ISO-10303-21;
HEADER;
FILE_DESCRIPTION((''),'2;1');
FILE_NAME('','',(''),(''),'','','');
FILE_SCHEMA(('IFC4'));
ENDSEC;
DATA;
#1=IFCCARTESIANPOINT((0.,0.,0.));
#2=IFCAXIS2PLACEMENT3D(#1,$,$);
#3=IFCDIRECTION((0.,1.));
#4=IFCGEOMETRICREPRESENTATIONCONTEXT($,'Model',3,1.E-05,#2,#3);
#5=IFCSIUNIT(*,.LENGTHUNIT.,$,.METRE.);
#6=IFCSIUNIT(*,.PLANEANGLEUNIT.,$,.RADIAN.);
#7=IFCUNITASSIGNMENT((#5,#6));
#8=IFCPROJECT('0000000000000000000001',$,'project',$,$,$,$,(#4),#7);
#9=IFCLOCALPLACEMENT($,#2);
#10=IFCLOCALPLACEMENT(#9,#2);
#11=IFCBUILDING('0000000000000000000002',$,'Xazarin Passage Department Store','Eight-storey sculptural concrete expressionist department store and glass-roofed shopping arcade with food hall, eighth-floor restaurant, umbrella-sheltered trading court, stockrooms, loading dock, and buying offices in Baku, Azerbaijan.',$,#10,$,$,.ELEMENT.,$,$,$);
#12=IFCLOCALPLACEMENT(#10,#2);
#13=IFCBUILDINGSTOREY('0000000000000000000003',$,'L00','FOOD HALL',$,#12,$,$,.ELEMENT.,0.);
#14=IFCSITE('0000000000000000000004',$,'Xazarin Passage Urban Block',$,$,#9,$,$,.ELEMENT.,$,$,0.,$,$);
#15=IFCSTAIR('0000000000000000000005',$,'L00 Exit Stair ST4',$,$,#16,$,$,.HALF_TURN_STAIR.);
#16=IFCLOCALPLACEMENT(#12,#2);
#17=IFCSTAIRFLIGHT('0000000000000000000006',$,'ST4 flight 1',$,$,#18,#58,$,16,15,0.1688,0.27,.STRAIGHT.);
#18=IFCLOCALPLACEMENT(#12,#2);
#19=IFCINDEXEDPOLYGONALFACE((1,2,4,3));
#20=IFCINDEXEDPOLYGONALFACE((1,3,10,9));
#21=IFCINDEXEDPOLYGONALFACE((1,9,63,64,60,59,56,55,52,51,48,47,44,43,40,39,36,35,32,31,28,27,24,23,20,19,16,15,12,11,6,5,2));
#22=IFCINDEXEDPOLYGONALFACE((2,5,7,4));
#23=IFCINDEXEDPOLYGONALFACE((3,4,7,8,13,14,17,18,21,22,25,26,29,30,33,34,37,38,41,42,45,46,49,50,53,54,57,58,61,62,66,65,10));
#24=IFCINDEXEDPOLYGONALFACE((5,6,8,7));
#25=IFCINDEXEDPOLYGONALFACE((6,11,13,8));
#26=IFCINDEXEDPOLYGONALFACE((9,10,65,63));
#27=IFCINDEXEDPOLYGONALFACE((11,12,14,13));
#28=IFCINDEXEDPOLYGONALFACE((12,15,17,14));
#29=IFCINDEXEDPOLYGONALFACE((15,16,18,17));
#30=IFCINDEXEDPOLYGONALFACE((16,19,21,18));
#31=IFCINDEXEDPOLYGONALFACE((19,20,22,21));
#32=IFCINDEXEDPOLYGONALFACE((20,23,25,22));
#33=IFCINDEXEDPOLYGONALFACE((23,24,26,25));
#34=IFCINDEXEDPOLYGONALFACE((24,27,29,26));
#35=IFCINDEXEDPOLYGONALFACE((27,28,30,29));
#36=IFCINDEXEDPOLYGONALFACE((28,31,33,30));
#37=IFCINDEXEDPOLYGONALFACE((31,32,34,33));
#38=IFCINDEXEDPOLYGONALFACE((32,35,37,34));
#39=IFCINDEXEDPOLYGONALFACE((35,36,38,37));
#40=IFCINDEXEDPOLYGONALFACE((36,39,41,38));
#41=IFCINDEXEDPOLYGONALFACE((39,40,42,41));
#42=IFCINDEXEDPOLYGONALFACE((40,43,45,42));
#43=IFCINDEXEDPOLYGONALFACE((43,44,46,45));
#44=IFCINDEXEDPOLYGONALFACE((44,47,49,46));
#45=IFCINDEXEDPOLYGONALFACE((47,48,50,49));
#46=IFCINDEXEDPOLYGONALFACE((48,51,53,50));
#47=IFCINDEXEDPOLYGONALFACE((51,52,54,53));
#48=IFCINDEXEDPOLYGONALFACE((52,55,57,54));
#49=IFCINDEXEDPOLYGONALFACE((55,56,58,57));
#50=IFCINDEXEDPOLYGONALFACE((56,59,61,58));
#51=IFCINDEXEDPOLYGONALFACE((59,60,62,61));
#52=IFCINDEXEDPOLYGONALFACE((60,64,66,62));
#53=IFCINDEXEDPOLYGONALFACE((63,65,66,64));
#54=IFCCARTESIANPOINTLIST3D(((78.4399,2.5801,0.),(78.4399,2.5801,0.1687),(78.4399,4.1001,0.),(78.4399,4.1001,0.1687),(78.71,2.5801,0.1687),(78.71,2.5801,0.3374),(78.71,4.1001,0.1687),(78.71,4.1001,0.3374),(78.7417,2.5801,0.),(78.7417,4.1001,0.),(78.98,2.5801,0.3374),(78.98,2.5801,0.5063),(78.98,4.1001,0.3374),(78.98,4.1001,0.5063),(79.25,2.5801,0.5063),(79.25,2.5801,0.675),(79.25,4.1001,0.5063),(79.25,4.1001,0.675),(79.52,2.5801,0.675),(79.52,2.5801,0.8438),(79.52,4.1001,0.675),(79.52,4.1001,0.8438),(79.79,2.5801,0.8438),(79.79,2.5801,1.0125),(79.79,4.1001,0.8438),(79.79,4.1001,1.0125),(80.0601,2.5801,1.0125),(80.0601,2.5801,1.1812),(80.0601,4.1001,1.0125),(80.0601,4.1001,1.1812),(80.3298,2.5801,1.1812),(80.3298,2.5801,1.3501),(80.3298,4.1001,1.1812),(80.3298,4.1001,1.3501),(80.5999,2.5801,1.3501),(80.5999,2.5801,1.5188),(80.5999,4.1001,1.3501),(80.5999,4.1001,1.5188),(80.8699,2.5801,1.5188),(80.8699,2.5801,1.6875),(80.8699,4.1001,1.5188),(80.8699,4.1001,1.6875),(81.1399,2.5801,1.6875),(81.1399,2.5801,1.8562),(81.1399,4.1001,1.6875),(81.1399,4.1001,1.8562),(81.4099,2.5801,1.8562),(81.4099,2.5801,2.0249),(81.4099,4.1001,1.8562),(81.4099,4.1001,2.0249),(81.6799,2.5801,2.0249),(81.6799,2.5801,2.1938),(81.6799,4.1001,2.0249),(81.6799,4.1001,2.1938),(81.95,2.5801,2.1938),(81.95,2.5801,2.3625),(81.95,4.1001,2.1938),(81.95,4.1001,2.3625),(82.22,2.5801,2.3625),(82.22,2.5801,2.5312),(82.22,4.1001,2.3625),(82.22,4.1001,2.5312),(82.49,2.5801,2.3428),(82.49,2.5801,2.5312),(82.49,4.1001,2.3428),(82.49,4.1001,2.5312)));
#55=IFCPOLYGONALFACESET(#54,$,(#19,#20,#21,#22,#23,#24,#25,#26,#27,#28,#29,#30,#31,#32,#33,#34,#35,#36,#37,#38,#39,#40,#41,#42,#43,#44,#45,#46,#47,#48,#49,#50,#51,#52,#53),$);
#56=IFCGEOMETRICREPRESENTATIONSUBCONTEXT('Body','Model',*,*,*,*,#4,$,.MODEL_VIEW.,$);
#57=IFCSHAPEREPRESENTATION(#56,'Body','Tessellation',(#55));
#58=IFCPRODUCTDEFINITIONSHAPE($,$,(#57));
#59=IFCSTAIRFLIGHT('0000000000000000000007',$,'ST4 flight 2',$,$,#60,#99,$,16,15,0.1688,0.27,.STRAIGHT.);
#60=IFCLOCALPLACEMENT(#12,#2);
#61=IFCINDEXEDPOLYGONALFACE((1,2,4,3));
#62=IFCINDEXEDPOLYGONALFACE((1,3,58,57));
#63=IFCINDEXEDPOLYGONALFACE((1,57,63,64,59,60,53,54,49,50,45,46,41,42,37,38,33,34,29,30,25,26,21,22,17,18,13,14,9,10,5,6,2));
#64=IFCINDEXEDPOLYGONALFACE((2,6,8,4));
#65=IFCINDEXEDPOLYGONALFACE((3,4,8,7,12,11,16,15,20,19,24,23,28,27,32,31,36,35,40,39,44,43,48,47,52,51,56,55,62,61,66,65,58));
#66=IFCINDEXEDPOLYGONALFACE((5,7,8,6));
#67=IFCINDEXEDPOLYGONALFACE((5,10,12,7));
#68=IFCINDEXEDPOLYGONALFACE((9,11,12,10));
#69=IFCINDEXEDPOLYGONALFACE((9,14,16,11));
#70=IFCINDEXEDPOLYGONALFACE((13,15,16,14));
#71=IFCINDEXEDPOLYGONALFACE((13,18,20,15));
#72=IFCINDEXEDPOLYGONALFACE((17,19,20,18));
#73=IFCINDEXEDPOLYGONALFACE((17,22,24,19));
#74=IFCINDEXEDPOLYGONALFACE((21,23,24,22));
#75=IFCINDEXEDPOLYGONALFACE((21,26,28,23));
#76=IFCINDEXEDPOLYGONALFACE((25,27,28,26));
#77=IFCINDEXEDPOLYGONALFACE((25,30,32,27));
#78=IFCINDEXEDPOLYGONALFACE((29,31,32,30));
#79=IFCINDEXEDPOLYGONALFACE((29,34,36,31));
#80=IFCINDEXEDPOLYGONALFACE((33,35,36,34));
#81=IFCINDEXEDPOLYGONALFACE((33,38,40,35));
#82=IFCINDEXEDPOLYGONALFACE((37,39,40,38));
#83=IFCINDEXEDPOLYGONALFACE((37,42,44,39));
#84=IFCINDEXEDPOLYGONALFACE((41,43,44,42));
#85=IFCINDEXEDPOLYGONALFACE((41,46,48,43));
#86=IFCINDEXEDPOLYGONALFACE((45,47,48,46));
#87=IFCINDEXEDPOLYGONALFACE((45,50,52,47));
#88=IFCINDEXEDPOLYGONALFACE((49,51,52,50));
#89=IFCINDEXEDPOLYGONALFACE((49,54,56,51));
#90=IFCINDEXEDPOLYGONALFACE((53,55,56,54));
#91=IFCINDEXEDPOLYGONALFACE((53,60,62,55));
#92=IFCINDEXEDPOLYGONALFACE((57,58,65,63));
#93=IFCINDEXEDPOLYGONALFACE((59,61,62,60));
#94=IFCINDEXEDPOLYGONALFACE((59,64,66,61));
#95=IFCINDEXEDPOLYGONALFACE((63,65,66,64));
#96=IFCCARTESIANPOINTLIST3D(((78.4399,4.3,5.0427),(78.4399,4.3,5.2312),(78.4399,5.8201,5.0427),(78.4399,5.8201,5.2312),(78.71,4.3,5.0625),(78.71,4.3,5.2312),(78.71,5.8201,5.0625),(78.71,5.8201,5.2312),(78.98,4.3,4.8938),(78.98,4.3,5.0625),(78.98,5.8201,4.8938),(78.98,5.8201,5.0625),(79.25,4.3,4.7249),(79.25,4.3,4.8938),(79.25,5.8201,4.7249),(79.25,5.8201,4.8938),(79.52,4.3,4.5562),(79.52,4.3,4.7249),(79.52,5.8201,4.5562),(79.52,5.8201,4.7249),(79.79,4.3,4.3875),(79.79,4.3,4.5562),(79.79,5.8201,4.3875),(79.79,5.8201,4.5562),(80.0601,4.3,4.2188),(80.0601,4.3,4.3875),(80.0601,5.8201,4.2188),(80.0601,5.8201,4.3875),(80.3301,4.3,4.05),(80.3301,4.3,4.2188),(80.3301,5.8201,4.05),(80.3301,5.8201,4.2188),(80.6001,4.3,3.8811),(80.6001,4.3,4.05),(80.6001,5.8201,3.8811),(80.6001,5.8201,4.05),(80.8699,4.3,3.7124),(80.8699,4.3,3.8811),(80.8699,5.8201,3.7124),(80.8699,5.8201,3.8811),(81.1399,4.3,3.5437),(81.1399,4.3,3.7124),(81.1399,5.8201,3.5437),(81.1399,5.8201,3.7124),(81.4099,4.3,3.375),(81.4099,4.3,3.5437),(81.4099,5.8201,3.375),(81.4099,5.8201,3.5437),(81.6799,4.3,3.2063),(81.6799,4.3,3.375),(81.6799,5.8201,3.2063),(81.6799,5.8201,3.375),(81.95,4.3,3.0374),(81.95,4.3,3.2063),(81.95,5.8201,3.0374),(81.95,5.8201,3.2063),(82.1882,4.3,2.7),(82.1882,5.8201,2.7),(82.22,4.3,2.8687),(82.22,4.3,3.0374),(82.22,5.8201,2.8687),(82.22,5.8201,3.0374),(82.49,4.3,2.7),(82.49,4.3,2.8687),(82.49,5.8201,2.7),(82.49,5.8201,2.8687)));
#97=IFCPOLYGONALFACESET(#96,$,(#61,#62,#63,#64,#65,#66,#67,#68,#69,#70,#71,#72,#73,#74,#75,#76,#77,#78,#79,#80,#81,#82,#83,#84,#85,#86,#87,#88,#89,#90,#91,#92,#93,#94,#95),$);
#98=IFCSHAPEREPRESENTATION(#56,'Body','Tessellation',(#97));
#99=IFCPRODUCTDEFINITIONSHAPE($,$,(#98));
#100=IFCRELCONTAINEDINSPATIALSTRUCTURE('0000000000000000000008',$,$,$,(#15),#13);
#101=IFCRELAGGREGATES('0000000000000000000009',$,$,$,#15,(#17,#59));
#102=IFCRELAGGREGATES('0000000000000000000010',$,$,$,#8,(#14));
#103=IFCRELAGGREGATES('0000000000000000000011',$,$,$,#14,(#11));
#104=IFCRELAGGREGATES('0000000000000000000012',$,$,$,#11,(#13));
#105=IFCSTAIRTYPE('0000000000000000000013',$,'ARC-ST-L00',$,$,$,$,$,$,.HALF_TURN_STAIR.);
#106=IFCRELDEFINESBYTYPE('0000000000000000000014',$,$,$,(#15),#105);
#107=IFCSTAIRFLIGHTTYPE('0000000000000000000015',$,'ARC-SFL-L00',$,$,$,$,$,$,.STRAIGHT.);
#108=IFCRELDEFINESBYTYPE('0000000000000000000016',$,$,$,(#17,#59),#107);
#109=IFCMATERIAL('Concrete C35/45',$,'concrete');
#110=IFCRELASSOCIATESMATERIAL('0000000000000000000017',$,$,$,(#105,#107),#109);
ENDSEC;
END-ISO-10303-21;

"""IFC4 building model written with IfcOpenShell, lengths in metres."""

from ifc_helpers import new_model, si_unit, direction, frame, origin, place, context, subcontext, project, spatial, polyline, outline, extrude, material, type_object, element, aggregate, save


model = new_model("IFC4")

# Units and contexts
model_context = context("Model", 3, precision=1e-05, world=origin(), true_north=direction((0.0, 1.0)))
body_context = subcontext(model_context, "Body", "Model", "MODEL_VIEW")
ifc_project = project(units=[si_unit("LENGTHUNIT", "METRE"), si_unit("PLANEANGLEUNIT", "RADIAN")], contexts=[model_context])

# Site, building, storey
site_placement = place(None, origin())
site = spatial("IfcSite", under=ifc_project, at=site_placement, Name="Xazarin Passage Urban Block", CompositionType="ELEMENT", RefElevation=0.0)
building_placement = place(site_placement, origin())
building = spatial("IfcBuilding", under=site, at=building_placement, Name="Xazarin Passage Department Store", Description="Eight-storey sculptural concrete expressionist department store and glass-roofed shopping arcade with food hall, eighth-floor restaurant, umbrella-sheltered trading court, stockrooms, loading dock, and buying offices in Baku, Azerbaijan.", CompositionType="ELEMENT")
storey_placement = place(building_placement, origin())
storey = spatial("IfcBuildingStorey", under=building, at=storey_placement, Name="L00", Description="FOOD HALL", CompositionType="ELEMENT", Elevation=0.0)

# Shared definitions
ifc_material_1 = material(Name="Concrete C35/45", Category="concrete")

# Stair, stair flights
stair_type = type_object("IfcStairType", Name="ARC-ST-L00", PredefinedType="HALF_TURN_STAIR", material=ifc_material_1)
stair_placement = place(storey_placement, origin())
stair = element("IfcStair", 1, at=stair_placement, inside=storey, type_object=stair_type, Name="L00 Exit Stair ST4", PredefinedType="HALF_TURN_STAIR")
stair_flight_type = type_object("IfcStairFlightType", Name="ARC-SFL-L00", PredefinedType="STRAIGHT", material=ifc_material_1)
stair_flight_1_placement = place(storey_placement, frame((78.4399, 3.3401, 0.0), z_axis=(0.0, 0.0, 1.0), x_axis=(1.0, 0.0, 0.0)))
stair_flight_1 = element("IfcStairFlight", 2, at=stair_flight_1_placement, type_object=stair_flight_type, Name="ST4 flight 1", NumberOfRisers=16, NumberOfTreads=15, PredefinedType="STRAIGHT", RiserHeight=0.1688, TreadLength=0.27, context=body_context, shape_type="SweptSolid", body=[
    extrude(outline(polyline([(0.0, 0.0), (0.0, 0.1687), (0.27, 0.1687), (0.27, 0.3374), (0.54, 0.3374), (0.54, 0.5063), (0.8101, 0.5063), (0.8101, 0.675), (1.0801, 0.675), (1.0801, 0.8438), (1.3501, 0.8438), (1.3501, 1.0125), (1.6201, 1.0125), (1.6201, 1.1812), (1.8899, 1.1812), (1.8899, 1.3501), (2.1599, 1.3501), (2.1599, 1.5188), (2.4299, 1.5188), (2.4299, 1.6875), (2.7, 1.6875), (2.7, 1.8562), (2.97, 1.8562), (2.97, 2.0249), (3.24, 2.0249), (3.24, 2.1938), (3.51, 2.1938), (3.51, 2.3625), (3.78, 2.3625), (3.78, 2.5312), (4.05, 2.5312), (4.05, 2.7), (4.05, 2.3428), (0.3018, 0.0), (0.0, 0.0)])), frame((0.0, 0.76, 0.0), z_axis=(0.0, -1.0, 0.0), x_axis=(1.0, 0.0, 0.0)), (0.0, 0.0, 1.0), 1.52),
])
stair_flight_2_placement = place(storey_placement, frame((82.49, 5.0601, 2.7), z_axis=(0.0, 0.0, 1.0), x_axis=(-1.0, 0.0, 0.0)))
stair_flight_2 = element("IfcStairFlight", 3, at=stair_flight_2_placement, type_object=stair_flight_type, Name="ST4 flight 2", NumberOfRisers=16, NumberOfTreads=15, PredefinedType="STRAIGHT", RiserHeight=0.1688, TreadLength=0.27, context=body_context, shape_type="SweptSolid", body=[
    extrude(outline(polyline([(0.0, 0.0), (0.0, 0.1687), (0.27, 0.1687), (0.27, 0.3374), (0.54, 0.3374), (0.54, 0.5063), (0.8101, 0.5063), (0.8101, 0.675), (1.0801, 0.675), (1.0801, 0.8438), (1.3501, 0.8438), (1.3501, 1.0125), (1.6201, 1.0125), (1.6201, 1.1812), (1.8899, 1.1812), (1.8899, 1.3501), (2.1599, 1.3501), (2.1599, 1.5188), (2.4299, 1.5188), (2.4299, 1.6875), (2.7, 1.6875), (2.7, 1.8562), (2.97, 1.8562), (2.97, 2.0249), (3.24, 2.0249), (3.24, 2.1938), (3.51, 2.1938), (3.51, 2.3625), (3.78, 2.3625), (3.78, 2.5312), (4.05, 2.5312), (4.05, 2.7), (4.05, 2.3428), (0.3018, 0.0), (0.0, 0.0)])), frame((0.0, 0.76, 0.0), z_axis=(0.0, -1.0, 0.0), x_axis=(1.0, 0.0, 0.0)), (0.0, 0.0, 1.0), 1.52),
])
aggregate(stair, [stair_flight_1, stair_flight_2])

save(model, "model.ifc")
